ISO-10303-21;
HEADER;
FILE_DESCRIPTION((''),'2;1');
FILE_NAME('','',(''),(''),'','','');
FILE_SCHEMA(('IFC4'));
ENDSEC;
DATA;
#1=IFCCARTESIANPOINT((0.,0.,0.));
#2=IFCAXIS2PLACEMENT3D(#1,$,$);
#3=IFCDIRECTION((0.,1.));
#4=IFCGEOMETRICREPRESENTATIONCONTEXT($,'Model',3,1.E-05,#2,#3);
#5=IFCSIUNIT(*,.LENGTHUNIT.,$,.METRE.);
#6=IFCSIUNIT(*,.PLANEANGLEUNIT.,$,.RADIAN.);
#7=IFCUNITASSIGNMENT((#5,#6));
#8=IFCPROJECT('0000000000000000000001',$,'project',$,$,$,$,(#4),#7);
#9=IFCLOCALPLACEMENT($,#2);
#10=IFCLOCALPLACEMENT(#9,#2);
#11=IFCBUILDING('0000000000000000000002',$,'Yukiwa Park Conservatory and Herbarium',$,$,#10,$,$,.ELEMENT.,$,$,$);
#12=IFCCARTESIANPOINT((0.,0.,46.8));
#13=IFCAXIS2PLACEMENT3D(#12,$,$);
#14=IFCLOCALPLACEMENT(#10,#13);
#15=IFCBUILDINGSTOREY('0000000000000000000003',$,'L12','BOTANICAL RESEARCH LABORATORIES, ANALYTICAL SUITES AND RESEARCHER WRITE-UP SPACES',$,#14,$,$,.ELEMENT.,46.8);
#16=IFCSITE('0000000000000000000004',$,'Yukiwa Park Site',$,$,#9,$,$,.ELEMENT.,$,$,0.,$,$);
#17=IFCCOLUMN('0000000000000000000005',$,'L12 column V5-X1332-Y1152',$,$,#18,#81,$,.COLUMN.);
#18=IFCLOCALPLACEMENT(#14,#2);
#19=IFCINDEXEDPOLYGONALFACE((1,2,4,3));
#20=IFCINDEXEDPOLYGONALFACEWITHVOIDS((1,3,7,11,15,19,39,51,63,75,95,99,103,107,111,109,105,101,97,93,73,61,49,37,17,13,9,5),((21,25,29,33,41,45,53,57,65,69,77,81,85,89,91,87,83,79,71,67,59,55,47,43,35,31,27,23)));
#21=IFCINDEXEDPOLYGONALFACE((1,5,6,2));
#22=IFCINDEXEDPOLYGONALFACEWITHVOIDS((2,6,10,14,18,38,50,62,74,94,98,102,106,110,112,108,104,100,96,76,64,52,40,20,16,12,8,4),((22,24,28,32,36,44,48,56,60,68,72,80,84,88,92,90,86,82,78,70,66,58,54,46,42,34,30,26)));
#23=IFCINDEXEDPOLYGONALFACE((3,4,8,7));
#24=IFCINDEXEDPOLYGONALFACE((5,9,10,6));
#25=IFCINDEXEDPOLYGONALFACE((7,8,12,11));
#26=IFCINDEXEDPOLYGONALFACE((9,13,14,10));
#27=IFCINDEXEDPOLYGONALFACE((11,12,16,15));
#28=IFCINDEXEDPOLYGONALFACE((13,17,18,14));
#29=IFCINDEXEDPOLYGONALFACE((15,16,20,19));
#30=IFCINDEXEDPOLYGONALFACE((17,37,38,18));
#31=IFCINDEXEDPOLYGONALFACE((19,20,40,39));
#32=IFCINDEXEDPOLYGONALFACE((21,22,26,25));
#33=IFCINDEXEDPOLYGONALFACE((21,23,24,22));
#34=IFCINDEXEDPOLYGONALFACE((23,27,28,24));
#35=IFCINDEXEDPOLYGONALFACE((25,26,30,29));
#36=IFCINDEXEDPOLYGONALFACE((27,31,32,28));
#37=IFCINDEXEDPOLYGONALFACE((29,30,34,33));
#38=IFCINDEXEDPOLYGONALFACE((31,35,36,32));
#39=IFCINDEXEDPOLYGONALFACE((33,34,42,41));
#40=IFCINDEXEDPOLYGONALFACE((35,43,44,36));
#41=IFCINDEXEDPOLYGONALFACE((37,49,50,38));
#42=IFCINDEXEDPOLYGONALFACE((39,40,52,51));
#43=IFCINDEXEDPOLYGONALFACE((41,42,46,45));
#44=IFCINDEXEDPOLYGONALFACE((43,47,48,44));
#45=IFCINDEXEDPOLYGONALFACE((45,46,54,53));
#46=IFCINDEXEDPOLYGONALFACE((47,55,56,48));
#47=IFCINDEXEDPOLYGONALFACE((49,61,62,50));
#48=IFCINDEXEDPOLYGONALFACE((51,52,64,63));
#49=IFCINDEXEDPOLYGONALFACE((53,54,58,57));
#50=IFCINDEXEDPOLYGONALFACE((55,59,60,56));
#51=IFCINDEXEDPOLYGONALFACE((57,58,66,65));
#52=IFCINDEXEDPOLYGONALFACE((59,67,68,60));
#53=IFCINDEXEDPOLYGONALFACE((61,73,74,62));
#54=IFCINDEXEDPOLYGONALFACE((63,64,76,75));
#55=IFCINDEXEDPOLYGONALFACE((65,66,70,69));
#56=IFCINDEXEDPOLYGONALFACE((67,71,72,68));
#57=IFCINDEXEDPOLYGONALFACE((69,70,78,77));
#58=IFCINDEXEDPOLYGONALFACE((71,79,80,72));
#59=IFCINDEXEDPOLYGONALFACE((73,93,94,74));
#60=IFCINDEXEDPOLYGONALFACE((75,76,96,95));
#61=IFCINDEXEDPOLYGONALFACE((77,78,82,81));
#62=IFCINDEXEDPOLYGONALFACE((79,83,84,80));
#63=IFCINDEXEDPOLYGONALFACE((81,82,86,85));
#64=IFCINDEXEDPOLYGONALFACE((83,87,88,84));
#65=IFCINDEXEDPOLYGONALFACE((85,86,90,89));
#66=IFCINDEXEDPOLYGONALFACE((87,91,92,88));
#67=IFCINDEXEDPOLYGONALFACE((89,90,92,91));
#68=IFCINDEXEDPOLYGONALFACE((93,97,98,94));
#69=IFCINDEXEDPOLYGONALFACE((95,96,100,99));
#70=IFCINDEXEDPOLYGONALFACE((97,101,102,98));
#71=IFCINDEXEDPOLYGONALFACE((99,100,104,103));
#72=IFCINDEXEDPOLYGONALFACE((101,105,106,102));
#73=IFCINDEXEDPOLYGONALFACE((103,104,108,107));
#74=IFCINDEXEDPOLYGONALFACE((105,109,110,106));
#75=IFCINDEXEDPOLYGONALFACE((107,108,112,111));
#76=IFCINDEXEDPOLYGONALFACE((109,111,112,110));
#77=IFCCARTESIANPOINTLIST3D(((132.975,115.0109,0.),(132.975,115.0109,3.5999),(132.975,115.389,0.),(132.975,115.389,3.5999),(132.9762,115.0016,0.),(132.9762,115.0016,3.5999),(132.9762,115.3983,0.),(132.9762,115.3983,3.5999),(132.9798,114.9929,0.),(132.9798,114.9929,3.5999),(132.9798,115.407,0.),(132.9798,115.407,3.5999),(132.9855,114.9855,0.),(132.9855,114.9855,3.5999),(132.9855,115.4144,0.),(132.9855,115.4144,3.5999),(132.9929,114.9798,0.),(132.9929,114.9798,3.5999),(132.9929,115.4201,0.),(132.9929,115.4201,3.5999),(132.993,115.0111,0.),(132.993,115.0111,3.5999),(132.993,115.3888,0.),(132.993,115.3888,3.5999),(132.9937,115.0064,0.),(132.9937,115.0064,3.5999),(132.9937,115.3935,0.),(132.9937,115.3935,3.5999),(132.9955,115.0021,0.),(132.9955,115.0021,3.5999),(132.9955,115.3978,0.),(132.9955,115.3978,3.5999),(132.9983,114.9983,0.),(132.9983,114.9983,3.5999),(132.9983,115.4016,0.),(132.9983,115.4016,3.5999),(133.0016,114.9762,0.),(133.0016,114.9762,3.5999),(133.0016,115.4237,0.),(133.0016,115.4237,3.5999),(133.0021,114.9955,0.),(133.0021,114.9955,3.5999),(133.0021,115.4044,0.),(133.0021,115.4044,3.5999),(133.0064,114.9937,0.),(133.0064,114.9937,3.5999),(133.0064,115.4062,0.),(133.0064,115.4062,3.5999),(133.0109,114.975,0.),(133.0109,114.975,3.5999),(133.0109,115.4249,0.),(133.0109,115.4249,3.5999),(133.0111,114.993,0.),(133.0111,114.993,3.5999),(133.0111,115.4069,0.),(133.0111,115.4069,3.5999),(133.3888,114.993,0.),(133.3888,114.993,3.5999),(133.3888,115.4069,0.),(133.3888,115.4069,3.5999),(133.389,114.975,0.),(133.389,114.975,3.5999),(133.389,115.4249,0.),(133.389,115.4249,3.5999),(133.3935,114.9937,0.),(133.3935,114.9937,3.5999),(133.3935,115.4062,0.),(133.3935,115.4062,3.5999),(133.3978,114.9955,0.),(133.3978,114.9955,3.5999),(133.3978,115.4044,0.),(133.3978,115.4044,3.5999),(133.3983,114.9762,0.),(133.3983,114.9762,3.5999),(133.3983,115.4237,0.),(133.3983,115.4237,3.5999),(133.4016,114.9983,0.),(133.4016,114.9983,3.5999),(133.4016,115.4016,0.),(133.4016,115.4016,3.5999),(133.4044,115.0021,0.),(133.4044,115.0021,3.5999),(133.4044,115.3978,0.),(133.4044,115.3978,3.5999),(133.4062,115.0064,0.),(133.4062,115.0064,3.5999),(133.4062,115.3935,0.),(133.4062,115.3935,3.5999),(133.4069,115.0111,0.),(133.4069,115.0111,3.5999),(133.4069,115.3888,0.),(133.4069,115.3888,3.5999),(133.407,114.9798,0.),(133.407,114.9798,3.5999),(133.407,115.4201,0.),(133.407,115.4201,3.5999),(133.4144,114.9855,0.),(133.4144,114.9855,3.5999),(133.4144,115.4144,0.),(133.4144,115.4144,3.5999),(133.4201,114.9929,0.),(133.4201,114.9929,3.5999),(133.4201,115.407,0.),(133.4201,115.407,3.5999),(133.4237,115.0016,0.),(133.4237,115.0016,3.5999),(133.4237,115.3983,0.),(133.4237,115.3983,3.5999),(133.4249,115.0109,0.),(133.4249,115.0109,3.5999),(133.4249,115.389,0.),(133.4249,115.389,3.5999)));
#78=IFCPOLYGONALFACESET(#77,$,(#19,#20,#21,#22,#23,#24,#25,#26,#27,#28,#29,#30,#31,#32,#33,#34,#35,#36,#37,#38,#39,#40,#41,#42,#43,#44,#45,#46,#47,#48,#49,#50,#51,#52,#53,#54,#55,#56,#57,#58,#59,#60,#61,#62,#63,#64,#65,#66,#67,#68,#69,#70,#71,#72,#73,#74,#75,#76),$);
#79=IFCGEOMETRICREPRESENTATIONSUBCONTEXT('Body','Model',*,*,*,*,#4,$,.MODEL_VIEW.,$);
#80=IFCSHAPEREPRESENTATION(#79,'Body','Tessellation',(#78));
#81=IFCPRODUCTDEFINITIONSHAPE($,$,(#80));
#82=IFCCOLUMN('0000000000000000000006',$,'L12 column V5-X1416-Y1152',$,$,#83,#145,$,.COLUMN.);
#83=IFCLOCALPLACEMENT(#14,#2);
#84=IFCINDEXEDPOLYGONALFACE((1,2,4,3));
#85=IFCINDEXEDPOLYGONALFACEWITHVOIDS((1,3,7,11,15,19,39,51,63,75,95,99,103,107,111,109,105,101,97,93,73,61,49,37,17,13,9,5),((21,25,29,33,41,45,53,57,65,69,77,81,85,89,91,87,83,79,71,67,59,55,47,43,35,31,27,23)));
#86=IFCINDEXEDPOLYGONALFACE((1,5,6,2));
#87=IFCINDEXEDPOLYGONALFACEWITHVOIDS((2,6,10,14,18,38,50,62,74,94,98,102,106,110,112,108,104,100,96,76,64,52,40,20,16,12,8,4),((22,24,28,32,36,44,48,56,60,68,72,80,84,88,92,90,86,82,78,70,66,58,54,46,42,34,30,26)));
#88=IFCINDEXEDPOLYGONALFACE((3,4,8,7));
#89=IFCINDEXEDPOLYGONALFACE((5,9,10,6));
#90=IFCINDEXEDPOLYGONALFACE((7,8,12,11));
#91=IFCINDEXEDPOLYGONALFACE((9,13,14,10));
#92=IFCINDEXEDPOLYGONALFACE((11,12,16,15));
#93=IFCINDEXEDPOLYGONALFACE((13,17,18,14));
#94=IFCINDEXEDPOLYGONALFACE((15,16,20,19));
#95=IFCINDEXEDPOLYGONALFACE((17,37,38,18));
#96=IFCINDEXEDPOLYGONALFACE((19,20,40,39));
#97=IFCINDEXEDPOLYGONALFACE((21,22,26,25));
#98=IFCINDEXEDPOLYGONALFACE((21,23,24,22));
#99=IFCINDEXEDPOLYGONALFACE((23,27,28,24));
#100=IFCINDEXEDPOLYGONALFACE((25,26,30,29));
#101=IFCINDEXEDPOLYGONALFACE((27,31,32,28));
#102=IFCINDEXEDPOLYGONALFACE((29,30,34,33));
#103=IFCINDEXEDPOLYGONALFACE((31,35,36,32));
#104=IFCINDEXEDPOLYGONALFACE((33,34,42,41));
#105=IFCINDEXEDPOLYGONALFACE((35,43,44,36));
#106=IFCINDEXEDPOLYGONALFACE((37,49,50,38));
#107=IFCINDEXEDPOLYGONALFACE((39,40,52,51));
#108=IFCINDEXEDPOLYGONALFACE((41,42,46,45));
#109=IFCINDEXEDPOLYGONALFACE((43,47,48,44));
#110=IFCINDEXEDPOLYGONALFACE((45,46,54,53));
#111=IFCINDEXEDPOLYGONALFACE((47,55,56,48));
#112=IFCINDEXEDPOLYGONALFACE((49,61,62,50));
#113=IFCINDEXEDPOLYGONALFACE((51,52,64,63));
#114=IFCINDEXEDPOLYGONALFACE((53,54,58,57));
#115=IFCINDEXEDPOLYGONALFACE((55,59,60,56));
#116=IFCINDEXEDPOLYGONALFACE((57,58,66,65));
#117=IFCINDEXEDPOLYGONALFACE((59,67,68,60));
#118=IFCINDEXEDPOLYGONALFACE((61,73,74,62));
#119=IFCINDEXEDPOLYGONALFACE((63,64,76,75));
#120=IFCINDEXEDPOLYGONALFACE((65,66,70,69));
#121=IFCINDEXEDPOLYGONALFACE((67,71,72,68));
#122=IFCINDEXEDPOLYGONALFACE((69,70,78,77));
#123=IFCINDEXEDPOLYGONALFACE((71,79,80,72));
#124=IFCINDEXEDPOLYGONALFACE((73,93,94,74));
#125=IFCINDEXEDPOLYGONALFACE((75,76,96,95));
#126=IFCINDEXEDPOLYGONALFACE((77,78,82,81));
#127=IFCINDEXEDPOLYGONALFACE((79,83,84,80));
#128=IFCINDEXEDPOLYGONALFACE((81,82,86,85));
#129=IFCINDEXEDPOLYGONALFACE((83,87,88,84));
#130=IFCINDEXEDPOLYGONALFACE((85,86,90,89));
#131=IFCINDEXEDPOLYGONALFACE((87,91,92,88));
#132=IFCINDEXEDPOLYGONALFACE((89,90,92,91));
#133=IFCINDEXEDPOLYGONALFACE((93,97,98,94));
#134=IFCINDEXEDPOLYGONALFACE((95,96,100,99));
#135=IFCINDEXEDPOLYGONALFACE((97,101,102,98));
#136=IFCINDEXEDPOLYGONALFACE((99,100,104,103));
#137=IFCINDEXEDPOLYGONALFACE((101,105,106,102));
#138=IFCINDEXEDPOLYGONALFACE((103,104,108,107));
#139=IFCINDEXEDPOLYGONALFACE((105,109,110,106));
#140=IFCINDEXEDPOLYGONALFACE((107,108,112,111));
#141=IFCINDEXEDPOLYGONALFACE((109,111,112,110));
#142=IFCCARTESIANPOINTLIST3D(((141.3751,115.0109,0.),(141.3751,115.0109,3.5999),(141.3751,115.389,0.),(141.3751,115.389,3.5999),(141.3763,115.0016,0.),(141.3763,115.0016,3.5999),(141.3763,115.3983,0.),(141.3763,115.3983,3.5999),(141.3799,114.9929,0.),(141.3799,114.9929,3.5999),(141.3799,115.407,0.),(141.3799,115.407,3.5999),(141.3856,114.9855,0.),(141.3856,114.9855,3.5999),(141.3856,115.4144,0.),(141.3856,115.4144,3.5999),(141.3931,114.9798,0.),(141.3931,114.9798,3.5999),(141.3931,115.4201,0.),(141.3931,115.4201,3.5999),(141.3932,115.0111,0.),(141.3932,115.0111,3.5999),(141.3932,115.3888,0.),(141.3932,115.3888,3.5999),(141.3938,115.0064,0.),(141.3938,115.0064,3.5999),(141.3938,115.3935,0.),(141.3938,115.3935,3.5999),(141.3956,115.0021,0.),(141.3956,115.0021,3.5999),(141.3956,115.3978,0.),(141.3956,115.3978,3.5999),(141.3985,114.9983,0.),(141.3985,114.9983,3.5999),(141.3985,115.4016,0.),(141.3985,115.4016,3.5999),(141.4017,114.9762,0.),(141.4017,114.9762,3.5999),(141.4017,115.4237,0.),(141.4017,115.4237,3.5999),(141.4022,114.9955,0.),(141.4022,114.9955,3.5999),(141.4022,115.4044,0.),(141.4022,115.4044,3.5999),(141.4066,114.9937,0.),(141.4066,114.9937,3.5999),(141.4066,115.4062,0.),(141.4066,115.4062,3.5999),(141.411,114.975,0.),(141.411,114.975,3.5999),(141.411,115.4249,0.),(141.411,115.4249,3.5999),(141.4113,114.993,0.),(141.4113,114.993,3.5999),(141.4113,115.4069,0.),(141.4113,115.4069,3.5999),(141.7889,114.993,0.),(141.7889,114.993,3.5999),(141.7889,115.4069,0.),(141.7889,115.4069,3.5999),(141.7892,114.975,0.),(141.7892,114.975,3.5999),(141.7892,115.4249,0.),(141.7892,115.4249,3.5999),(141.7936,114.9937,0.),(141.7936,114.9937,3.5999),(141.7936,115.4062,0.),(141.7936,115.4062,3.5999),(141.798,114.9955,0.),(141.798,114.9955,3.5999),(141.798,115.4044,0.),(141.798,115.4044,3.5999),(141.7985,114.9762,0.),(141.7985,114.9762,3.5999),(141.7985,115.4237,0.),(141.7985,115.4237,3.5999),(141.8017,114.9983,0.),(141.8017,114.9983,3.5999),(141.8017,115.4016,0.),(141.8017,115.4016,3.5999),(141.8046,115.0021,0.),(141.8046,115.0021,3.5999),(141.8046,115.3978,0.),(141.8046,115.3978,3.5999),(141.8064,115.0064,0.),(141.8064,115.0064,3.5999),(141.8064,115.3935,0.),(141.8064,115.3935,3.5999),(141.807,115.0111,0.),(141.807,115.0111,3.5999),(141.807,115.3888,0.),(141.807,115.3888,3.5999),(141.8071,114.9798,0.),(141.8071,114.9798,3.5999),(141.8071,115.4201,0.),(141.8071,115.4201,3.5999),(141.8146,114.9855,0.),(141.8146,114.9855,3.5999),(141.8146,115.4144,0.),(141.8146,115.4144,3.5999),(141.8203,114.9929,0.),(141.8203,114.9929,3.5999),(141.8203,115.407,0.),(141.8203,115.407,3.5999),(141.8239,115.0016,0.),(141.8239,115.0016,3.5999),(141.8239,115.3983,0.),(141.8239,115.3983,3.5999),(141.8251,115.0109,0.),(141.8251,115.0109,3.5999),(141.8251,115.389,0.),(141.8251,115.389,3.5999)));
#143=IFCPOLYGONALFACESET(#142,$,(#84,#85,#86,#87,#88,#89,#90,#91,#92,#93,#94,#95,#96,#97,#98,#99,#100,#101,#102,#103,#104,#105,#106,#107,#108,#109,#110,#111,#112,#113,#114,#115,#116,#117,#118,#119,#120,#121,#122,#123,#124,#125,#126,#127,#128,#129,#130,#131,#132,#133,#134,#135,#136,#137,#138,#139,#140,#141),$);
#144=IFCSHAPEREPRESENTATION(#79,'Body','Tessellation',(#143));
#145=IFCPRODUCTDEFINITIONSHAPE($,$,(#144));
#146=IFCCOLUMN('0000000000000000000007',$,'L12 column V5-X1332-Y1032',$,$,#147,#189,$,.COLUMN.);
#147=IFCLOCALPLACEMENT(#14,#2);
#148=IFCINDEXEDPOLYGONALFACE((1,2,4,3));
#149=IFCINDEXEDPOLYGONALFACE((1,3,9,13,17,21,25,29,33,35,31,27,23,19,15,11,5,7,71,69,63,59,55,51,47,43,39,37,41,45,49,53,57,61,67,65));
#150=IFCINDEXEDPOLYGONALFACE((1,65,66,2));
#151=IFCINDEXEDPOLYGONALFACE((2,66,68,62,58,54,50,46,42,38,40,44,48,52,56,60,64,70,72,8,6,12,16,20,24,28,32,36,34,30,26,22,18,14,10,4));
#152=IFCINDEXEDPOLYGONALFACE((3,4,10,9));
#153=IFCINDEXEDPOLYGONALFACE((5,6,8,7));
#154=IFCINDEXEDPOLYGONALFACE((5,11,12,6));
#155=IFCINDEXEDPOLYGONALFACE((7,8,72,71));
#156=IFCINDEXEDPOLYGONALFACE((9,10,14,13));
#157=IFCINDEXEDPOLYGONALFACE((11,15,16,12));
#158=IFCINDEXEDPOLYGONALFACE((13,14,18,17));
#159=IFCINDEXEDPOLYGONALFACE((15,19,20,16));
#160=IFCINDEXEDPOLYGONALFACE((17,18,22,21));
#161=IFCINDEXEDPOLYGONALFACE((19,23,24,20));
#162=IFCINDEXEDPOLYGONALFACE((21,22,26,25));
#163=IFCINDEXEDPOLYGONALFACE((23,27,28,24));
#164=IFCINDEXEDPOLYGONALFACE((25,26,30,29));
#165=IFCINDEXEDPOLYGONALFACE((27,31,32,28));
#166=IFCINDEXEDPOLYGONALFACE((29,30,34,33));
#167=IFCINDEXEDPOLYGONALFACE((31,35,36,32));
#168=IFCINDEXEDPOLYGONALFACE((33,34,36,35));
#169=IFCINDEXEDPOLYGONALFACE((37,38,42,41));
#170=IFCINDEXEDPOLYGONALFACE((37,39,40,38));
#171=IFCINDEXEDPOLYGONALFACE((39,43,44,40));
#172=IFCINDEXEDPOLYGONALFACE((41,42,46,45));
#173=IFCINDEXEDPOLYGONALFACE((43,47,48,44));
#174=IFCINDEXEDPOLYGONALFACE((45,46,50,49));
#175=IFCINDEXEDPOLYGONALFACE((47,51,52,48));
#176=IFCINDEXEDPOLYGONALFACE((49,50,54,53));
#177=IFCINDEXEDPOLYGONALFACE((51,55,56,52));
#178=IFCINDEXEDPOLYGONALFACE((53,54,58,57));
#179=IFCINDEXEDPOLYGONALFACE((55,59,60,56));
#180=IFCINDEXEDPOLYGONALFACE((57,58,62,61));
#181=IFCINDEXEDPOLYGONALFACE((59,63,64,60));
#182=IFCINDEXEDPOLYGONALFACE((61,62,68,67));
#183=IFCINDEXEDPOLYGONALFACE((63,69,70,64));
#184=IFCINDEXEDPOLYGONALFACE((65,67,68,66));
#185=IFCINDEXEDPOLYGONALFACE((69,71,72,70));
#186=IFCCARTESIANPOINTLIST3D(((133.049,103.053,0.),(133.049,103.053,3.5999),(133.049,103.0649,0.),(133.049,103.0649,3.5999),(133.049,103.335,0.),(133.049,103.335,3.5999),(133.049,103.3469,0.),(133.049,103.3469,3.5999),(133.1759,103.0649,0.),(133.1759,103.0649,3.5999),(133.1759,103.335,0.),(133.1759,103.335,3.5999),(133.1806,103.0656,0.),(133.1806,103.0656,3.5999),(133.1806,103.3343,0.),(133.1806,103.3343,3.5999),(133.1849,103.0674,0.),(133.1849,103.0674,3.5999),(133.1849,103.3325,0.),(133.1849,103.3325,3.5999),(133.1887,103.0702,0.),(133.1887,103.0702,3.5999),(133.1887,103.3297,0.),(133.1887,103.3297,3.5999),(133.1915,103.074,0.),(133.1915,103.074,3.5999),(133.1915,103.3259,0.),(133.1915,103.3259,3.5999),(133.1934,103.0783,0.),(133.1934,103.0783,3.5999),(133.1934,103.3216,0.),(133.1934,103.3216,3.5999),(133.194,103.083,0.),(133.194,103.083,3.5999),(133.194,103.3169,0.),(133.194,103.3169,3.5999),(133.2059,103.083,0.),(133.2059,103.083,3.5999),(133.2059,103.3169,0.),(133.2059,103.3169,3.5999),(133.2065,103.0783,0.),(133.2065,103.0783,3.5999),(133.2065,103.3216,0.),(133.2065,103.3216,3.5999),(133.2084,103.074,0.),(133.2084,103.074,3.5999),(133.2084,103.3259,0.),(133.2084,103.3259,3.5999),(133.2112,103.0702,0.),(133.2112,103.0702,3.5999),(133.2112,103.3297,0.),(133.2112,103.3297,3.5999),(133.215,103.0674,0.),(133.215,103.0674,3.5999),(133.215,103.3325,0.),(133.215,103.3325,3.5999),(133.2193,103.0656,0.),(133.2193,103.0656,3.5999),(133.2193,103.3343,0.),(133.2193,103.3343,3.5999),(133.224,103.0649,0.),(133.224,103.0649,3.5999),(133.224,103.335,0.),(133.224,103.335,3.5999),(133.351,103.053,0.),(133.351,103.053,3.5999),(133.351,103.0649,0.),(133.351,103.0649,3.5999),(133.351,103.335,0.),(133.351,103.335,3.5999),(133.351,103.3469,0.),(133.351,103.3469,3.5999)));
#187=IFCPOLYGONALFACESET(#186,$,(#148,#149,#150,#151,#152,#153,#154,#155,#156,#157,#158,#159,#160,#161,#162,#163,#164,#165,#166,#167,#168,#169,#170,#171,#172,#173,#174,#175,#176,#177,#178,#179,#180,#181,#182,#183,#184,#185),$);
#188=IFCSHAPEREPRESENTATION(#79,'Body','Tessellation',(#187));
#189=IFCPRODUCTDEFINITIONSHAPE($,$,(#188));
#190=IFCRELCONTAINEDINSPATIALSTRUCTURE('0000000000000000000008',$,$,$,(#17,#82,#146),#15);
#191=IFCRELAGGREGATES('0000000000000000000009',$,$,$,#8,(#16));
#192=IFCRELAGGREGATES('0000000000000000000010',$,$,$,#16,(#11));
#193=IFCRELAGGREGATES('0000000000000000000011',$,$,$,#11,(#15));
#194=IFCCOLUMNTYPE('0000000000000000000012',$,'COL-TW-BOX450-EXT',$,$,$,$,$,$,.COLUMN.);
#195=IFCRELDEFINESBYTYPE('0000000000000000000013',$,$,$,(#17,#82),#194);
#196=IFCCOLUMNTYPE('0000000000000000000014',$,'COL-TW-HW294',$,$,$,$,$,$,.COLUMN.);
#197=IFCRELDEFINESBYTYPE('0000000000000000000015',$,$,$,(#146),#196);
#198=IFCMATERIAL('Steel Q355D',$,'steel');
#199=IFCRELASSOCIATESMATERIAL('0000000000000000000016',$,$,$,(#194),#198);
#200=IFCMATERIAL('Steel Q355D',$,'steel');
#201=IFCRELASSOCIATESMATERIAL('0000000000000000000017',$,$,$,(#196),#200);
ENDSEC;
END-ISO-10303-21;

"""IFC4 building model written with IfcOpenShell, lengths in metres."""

from ifc_helpers import new_model, si_unit, direction, frame, origin, origin_2d, place, context, subcontext, project, spatial, hollow_rectangle, i_section, extrude, material, material_profile, profile_set, type_object, element, save


model = new_model("IFC4")

# Units and contexts
model_context = context("Model", 3, precision=1e-05, world=origin(), true_north=direction((0.0, 1.0)))
body_context = subcontext(model_context, "Body", "Model", "MODEL_VIEW")
ifc_project = project(units=[si_unit("LENGTHUNIT", "METRE"), si_unit("PLANEANGLEUNIT", "RADIAN")], contexts=[model_context])

# Site, building, storey
site_placement = place(None, origin())
site = spatial("IfcSite", under=ifc_project, at=site_placement, Name="Yukiwa Park Site", CompositionType="ELEMENT", RefElevation=0.0)
building_placement = place(site_placement, origin())
building = spatial("IfcBuilding", under=site, at=building_placement, Name="Yukiwa Park Conservatory and Herbarium", CompositionType="ELEMENT")
storey_placement = place(building_placement, frame((0.0, 0.0, 46.8)))
storey = spatial("IfcBuildingStorey", under=building, at=storey_placement, Name="L12", Description="BOTANICAL RESEARCH LABORATORIES, ANALYTICAL SUITES AND RESEARCHER WRITE-UP SPACES", CompositionType="ELEMENT", Elevation=46.8)

# Columns
ifc_material_1 = material(Name="Steel Q355D", Category="steel")
ifc_material_profile_1 = material_profile(ifc_material_1, hollow_rectangle(XDim=0.45, YDim=0.45, WallThickness=0.0181, InnerFilletRadius=0.0181, OuterFilletRadius=0.0359, at=origin_2d()), Name="BOX 450x450x18")
ifc_profile_set_1 = profile_set([ifc_material_profile_1], Name="Steel Q355D")
column_type_1 = type_object("IfcColumnType", Name="COL-TW-BOX450-EXT", PredefinedType="COLUMN", material=ifc_profile_set_1)
for number, where, z_axis, x_axis, name in (
    (1, (133.2, 115.2, 0.0), (0.0, 0.0, 1.0), (1.0, 0.0, 0.0), "L12 column V5-X1332-Y1152"),
    (2, (141.6001, 115.2, 0.0), (0.0, 0.0, 1.0), (1.0, 0.0, 0.0), "L12 column V5-X1416-Y1152"),
):
    element("IfcColumn", number, at=place(storey_placement, frame(where, z_axis=z_axis, x_axis=x_axis)), inside=storey, type_object=column_type_1, Name=name, PredefinedType="COLUMN", context=body_context, shape_type="SweptSolid", body=[
        extrude(hollow_rectangle(XDim=0.45, YDim=0.45, WallThickness=0.0181, InnerFilletRadius=0.0181, OuterFilletRadius=0.0359, at=origin_2d()), origin(), (0.0, 0.0, 1.0), 3.5999),
    ])
ifc_material_2 = material(Name="Steel Q355D", Category="steel")
ifc_material_profile_2 = material_profile(ifc_material_2, i_section(OverallWidth=0.302, OverallDepth=0.2939, WebThickness=0.012, FlangeThickness=0.012, FilletRadius=0.0181, at=origin_2d()), Name="HW 294x302x12x12")
ifc_profile_set_2 = profile_set([ifc_material_profile_2], Name="Steel Q355D")
column_type_2 = type_object("IfcColumnType", Name="COL-TW-HW294", PredefinedType="COLUMN", material=ifc_profile_set_2)
for number, where, z_axis, x_axis, name in (
    (3, (133.2, 103.2, 0.0), (0.0, 0.0, 1.0), (1.0, 0.0, 0.0), "L12 column V5-X1332-Y1032"),
):
    element("IfcColumn", number, at=place(storey_placement, frame(where, z_axis=z_axis, x_axis=x_axis)), inside=storey, type_object=column_type_2, Name=name, PredefinedType="COLUMN", context=body_context, shape_type="SweptSolid", body=[
        extrude(i_section(OverallWidth=0.302, OverallDepth=0.2939, WebThickness=0.012, FlangeThickness=0.012, FilletRadius=0.0181, at=origin_2d()), origin(), (0.0, 0.0, 1.0), 3.5999),
    ])

save(model, "model.ifc")
